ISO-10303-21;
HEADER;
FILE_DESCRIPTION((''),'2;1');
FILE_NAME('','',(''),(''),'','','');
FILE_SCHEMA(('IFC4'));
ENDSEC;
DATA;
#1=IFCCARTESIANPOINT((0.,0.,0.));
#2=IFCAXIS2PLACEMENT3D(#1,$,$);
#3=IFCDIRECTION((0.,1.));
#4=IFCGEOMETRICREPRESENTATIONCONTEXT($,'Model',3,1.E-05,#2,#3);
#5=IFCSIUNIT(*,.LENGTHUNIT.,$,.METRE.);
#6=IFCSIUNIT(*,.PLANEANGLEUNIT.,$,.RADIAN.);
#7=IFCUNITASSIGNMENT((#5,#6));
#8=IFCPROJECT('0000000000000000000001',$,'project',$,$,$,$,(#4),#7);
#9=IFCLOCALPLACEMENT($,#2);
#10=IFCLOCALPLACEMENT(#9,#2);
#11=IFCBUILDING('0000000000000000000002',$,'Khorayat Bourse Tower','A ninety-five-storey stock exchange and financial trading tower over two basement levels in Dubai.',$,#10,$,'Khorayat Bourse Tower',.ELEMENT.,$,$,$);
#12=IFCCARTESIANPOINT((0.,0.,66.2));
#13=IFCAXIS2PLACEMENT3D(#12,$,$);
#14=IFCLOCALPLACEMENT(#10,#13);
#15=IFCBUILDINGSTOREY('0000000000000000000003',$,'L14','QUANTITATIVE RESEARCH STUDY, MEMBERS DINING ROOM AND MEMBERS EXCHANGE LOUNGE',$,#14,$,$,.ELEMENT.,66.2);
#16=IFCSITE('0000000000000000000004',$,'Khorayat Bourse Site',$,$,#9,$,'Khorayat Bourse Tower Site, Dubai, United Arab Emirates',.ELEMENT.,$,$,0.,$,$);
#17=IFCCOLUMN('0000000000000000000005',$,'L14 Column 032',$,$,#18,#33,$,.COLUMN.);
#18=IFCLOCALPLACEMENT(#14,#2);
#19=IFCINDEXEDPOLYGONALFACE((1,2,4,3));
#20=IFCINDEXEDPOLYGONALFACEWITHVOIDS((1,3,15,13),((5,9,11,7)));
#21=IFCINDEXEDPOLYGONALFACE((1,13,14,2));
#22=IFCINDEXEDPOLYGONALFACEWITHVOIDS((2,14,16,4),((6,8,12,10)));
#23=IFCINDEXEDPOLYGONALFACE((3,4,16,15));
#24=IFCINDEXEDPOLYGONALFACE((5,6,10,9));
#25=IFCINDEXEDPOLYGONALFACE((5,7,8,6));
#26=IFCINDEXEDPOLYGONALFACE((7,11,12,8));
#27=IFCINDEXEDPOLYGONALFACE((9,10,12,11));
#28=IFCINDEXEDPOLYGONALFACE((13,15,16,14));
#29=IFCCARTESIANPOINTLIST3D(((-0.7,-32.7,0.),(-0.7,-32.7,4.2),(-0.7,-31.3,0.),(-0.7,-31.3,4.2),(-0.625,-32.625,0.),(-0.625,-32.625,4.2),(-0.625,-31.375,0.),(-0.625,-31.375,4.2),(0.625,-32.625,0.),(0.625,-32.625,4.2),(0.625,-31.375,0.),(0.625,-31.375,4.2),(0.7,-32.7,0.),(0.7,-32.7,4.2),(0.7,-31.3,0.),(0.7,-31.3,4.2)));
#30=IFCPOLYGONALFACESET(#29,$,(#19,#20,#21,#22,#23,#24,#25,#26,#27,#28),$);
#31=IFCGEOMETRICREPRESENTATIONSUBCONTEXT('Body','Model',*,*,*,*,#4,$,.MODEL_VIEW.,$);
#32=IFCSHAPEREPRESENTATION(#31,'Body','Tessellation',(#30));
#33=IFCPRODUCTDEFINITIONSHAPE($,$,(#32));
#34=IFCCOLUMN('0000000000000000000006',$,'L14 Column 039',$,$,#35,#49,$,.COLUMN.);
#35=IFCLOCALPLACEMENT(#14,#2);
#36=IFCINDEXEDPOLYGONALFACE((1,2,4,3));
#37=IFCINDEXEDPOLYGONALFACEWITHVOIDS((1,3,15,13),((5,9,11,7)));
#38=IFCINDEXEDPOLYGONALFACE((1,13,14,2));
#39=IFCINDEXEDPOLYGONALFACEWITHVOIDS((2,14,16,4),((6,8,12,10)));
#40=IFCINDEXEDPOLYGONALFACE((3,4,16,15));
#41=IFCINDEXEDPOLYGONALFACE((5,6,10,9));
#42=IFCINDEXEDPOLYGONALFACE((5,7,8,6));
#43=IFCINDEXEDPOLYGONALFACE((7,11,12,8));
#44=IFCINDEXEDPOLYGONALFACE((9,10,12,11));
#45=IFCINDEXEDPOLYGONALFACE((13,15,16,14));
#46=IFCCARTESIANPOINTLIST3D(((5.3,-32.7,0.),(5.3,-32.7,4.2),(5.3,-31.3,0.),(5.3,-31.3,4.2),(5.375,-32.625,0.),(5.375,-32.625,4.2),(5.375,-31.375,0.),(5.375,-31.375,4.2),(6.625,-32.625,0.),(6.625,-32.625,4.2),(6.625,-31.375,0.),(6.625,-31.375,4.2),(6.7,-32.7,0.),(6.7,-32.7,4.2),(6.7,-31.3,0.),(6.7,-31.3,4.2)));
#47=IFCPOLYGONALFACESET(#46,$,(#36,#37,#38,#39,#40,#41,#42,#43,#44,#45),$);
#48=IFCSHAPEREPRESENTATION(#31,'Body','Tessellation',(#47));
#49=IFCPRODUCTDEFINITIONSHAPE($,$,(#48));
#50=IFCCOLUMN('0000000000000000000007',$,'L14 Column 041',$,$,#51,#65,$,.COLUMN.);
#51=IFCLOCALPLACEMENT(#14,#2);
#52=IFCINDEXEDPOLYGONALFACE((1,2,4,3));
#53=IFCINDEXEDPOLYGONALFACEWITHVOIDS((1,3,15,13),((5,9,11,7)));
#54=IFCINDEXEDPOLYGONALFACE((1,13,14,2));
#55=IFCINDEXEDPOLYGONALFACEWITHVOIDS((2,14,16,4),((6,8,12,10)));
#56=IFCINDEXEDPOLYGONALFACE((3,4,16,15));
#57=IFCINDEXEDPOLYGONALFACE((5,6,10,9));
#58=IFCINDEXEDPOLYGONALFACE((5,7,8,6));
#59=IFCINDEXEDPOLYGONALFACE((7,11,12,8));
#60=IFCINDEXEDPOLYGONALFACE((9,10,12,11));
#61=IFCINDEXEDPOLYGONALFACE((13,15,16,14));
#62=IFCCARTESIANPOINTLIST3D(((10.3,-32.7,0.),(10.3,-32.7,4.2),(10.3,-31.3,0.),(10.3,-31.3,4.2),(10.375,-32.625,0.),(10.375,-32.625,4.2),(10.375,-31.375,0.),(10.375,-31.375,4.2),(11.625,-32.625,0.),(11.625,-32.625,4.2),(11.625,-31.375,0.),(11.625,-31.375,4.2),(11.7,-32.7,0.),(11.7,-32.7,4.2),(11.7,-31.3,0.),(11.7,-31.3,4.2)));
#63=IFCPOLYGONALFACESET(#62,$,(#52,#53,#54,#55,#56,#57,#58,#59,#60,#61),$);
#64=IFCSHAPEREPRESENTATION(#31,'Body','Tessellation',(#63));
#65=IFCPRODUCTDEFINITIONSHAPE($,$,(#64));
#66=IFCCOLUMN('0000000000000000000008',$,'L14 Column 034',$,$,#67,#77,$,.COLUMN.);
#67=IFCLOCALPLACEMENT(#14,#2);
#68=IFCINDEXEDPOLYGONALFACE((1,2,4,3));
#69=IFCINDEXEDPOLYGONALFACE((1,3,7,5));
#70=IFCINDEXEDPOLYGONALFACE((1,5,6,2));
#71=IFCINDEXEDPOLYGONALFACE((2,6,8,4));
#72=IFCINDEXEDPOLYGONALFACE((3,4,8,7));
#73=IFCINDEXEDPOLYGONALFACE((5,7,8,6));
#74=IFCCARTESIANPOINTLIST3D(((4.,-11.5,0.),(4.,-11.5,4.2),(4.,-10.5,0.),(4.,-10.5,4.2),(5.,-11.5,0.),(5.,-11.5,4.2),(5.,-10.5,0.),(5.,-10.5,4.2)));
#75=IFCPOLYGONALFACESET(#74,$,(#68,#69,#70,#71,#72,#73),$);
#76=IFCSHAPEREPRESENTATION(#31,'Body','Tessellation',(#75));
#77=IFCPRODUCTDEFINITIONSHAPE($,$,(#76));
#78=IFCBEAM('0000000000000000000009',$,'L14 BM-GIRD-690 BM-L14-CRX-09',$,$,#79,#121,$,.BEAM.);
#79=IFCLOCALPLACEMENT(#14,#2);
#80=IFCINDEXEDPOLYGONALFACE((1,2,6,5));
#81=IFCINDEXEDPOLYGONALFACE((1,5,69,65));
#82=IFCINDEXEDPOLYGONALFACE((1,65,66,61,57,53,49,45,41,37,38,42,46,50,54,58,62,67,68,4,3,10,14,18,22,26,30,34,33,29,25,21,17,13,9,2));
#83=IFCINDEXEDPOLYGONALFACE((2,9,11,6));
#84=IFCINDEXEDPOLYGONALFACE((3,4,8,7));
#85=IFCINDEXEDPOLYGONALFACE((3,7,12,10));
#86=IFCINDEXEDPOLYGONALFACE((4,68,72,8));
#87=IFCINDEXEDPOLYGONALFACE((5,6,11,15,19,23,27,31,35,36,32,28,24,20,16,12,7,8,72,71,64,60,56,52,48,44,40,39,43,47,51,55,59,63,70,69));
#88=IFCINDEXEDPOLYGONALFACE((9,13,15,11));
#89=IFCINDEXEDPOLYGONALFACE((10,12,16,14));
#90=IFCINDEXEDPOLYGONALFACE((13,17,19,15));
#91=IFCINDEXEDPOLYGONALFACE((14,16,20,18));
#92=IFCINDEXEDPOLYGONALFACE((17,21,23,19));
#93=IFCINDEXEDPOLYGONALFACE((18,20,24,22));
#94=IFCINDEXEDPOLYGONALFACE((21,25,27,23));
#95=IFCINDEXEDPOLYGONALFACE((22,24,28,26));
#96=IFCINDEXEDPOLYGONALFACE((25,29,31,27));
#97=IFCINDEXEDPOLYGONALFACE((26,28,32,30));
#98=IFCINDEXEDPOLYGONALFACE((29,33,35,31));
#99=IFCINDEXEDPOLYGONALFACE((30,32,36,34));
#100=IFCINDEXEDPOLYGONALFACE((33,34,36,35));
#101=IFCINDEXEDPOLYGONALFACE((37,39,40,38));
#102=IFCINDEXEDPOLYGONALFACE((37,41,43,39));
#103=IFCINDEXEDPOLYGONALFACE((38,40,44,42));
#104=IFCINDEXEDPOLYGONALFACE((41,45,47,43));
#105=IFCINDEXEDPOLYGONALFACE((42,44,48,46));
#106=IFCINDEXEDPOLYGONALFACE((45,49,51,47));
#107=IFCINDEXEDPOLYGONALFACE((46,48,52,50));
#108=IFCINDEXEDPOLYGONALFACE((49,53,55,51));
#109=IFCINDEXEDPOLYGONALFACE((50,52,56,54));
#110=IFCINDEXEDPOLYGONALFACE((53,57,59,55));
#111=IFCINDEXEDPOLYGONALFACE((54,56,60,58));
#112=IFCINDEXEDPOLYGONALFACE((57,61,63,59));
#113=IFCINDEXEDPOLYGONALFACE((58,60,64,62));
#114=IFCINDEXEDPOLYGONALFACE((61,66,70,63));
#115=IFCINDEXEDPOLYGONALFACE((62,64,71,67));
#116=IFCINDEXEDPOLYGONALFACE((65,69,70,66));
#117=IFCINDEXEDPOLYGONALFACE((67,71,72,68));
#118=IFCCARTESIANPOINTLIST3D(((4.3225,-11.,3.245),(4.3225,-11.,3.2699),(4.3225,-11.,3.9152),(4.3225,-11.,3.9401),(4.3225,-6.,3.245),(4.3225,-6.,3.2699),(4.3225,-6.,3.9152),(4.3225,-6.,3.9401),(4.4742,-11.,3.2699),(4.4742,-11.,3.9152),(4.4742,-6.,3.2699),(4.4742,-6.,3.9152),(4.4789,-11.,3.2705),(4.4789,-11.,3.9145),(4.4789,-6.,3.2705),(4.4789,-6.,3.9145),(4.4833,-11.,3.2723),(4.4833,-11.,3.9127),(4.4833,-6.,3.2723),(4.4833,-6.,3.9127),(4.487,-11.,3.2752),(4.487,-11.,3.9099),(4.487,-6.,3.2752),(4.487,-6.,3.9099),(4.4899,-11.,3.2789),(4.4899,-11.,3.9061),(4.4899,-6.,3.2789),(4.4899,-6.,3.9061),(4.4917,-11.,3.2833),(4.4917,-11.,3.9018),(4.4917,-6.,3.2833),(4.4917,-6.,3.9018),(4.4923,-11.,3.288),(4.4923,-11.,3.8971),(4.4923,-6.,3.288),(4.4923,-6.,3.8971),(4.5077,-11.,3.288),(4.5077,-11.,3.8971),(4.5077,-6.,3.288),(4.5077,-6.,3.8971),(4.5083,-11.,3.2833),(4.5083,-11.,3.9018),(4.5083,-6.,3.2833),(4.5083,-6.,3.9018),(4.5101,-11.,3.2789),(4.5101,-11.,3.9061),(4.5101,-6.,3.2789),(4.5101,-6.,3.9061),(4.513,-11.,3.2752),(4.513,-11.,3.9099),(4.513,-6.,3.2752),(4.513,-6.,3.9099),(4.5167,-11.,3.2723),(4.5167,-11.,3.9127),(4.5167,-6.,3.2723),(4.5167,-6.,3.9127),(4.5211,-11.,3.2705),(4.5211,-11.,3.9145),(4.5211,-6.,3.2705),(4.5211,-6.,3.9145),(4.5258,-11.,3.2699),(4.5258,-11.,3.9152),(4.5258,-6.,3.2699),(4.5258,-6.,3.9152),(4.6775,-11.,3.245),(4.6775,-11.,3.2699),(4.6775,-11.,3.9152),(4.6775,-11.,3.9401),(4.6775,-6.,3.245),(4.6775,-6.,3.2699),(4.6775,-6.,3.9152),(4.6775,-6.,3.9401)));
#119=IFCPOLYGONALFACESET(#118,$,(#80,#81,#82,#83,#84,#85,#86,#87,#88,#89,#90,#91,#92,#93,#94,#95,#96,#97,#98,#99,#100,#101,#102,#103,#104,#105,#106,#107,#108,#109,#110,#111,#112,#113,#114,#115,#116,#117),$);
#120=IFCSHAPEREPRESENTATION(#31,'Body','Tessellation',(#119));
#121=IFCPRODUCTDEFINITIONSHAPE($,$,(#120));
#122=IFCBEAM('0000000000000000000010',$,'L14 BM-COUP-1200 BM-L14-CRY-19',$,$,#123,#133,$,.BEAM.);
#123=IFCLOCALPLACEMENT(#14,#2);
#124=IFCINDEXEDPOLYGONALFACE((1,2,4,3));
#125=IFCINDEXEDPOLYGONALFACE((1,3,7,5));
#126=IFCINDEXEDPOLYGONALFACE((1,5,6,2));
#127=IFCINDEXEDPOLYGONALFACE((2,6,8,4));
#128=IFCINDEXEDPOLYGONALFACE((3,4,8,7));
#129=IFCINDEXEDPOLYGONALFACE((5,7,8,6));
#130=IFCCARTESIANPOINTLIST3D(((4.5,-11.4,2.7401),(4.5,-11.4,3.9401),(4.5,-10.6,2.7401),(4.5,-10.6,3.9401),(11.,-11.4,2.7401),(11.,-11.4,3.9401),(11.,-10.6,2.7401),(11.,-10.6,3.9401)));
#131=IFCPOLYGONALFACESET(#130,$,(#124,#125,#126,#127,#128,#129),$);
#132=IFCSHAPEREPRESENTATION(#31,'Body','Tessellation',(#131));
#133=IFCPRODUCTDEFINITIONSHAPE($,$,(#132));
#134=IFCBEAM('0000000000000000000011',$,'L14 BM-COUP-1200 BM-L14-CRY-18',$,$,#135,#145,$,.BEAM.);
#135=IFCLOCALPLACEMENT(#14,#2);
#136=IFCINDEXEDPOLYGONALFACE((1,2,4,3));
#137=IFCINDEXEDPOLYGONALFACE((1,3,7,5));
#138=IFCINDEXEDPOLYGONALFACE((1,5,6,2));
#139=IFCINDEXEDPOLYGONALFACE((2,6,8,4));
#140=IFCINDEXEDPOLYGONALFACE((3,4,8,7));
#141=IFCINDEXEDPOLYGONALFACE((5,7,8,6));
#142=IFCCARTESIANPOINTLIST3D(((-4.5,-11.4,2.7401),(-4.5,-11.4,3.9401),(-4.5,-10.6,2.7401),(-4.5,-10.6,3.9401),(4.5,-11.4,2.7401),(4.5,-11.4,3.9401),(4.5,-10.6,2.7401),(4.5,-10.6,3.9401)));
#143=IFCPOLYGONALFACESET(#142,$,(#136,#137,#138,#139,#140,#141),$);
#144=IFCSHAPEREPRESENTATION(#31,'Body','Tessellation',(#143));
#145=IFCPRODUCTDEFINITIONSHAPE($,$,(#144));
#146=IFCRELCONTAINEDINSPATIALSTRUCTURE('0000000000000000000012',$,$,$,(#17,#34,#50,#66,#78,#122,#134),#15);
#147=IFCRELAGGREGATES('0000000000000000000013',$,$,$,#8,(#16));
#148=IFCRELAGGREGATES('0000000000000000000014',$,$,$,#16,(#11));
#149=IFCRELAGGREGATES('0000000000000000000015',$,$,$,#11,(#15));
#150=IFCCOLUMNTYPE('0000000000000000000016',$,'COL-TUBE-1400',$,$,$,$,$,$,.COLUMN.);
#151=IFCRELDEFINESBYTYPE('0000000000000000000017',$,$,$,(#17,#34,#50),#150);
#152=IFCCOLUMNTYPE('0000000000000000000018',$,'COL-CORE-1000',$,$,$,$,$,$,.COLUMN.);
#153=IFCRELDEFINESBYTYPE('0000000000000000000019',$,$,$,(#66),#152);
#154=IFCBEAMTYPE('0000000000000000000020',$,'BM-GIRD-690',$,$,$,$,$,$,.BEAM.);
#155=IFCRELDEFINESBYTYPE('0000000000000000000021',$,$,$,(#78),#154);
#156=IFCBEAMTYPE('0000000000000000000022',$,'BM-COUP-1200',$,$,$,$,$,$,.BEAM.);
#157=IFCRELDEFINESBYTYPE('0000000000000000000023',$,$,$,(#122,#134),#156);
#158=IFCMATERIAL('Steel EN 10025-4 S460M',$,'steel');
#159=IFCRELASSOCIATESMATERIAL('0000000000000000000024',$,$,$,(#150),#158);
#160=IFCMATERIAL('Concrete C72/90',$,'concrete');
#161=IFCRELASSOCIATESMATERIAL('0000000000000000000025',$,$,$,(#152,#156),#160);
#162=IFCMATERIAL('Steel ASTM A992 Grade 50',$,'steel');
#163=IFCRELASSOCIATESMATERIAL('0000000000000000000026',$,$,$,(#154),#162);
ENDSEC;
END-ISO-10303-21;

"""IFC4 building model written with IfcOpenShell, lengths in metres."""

from ifc_helpers import new_model, si_unit, direction, frame, origin, origin_2d, place, context, subcontext, project, spatial, rectangle, hollow_rectangle, i_section, extrude, source, transform, mapped, material, material_profile, profile_set, type_object, element, save


model = new_model("IFC4")

# Units and contexts
model_context = context("Model", 3, precision=1e-05, world=origin(), true_north=direction((0.0, 1.0)))
body_context = subcontext(model_context, "Body", "Model", "MODEL_VIEW")
ifc_project = project(units=[si_unit("LENGTHUNIT", "METRE"), si_unit("PLANEANGLEUNIT", "RADIAN")], contexts=[model_context])

# Site, building, storey
site_placement = place(None, origin())
site = spatial("IfcSite", under=ifc_project, at=site_placement, Name="Khorayat Bourse Site", LongName="Khorayat Bourse Tower Site, Dubai, United Arab Emirates", CompositionType="ELEMENT", RefElevation=0.0)
building_placement = place(site_placement, origin())
building = spatial("IfcBuilding", under=site, at=building_placement, Name="Khorayat Bourse Tower", Description="A ninety-five-storey stock exchange and financial trading tower over two basement levels in Dubai.", LongName="Khorayat Bourse Tower", CompositionType="ELEMENT")
storey_placement = place(building_placement, frame((0.0, 0.0, 66.2)))
storey = spatial("IfcBuildingStorey", under=building, at=storey_placement, Name="L14", Description="QUANTITATIVE RESEARCH STUDY, MEMBERS DINING ROOM AND MEMBERS EXCHANGE LOUNGE", CompositionType="ELEMENT", Elevation=66.2)

# Columns
ifc_material_1 = material(Name="Steel EN 10025-4 S460M", Category="steel")
ifc_material_profile_1 = material_profile(ifc_material_1, hollow_rectangle(XDim=1.3999, YDim=1.3999, WallThickness=0.075, at=origin_2d()), Name="BOX 1400x1400x75")
ifc_profile_set_1 = profile_set([ifc_material_profile_1], Name="Steel EN 10025-4 S460M")
column_type_1 = type_object("IfcColumnType", Name="COL-TUBE-1400", PredefinedType="COLUMN", material=ifc_profile_set_1)
shared_shape_1 = source(origin(), body_context, "Body", "SweptSolid", [
    extrude(hollow_rectangle(XDim=1.3999, YDim=1.3999, WallThickness=0.075, at=origin_2d()), origin(), (0.0, 0.0, 1.0), 4.2),
])
for number, where, z_axis, x_axis, name in (
    (1, (0.0, -32.0, 0.0), (0.0, 0.0, 1.0), (1.0, 0.0, 0.0), "L14 Column 032"),
    (2, (6.0, -32.0, 0.0), (0.0, 0.0, 1.0), (1.0, 0.0, 0.0), "L14 Column 039"),
    (3, (11.0, -32.0, 0.0), (0.0, 0.0, 1.0), (1.0, 0.0, 0.0), "L14 Column 041"),
):
    element("IfcColumn", number, at=place(storey_placement, frame(where, z_axis=z_axis, x_axis=x_axis)), inside=storey, type_object=column_type_1, Name=name, PredefinedType="COLUMN", context=body_context, shape_type="MappedRepresentation", body=[
        mapped(shared_shape_1, transform((0.0, 0.0, 0.0), scale=1.0)),
    ])
ifc_material_2 = material(Name="Concrete C72/90", Category="concrete")
ifc_material_profile_2 = material_profile(ifc_material_2, rectangle(XDim=1.0, YDim=1.0, at=origin_2d()), Name="RC 1000x1000")
ifc_profile_set_2 = profile_set([ifc_material_profile_2], Name="Concrete C72/90")
column_type_2 = type_object("IfcColumnType", Name="COL-CORE-1000", PredefinedType="COLUMN", material=ifc_profile_set_2)
shared_shape_2 = source(origin(), body_context, "Body", "SweptSolid", [
    extrude(rectangle(XDim=1.0, YDim=1.0, at=origin_2d()), origin(), (0.0, 0.0, 1.0), 4.2),
])
column_placement = place(storey_placement, frame((4.5, -11.0, 0.0), z_axis=(0.0, 0.0, 1.0), x_axis=(1.0, 0.0, 0.0)))
element("IfcColumn", 4, at=column_placement, inside=storey, type_object=column_type_2, Name="L14 Column 034", PredefinedType="COLUMN", context=body_context, shape_type="MappedRepresentation", body=[
    mapped(shared_shape_2, transform((0.0, 0.0, 0.0), scale=1.0)),
])

# Beams
ifc_material_3 = material(Name="Steel ASTM A992 Grade 50", Category="steel")
ifc_material_profile_3 = material_profile(ifc_material_3, i_section(OverallWidth=0.355, OverallDepth=0.6951, WebThickness=0.0154, FlangeThickness=0.0249, FilletRadius=0.0181, at=origin_2d()), Name="W690X217")
ifc_profile_set_3 = profile_set([ifc_material_profile_3], Name="Steel ASTM A992 Grade 50")
beam_type_1 = type_object("IfcBeamType", Name="BM-GIRD-690", PredefinedType="BEAM", material=ifc_profile_set_3)
shared_shape_3 = source(origin(), body_context, "Body", "SweptSolid", [
    extrude(i_section(OverallWidth=0.355, OverallDepth=0.6951, WebThickness=0.0154, FlangeThickness=0.0249, FilletRadius=0.0181, at=origin_2d()), origin(), (0.0, 0.0, 1.0), 5.0),
])
beam_1_placement = place(storey_placement, frame((4.5, -11.0, 3.5925), z_axis=(0.0, 1.0, 0.0), x_axis=(-1.0, 0.0, 0.0)))
element("IfcBeam", 5, at=beam_1_placement, inside=storey, type_object=beam_type_1, Name="L14 BM-GIRD-690 BM-L14-CRX-09", PredefinedType="BEAM", context=body_context, shape_type="MappedRepresentation", body=[
    mapped(shared_shape_3, transform((0.0, 0.0, 0.0), scale=1.0)),
])
ifc_material_profile_4 = material_profile(ifc_material_2, rectangle(XDim=0.8, YDim=1.2, at=origin_2d()), Name="RC 800x1200")
ifc_profile_set_4 = profile_set([ifc_material_profile_4], Name="Concrete C72/90")
beam_type_2 = type_object("IfcBeamType", Name="BM-COUP-1200", PredefinedType="BEAM", material=ifc_profile_set_4)
shared_shape_4 = source(origin(), body_context, "Body", "SweptSolid", [
    extrude(rectangle(XDim=0.8, YDim=1.2, at=origin_2d()), origin(), (0.0, 0.0, 1.0), 6.5),
])
beam_2_placement = place(storey_placement, frame((4.5, -11.0, 3.3401), z_axis=(1.0, 0.0, 0.0), x_axis=(0.0, 1.0, 0.0)))
element("IfcBeam", 6, at=beam_2_placement, inside=storey, type_object=beam_type_2, Name="L14 BM-COUP-1200 BM-L14-CRY-19", PredefinedType="BEAM", context=body_context, shape_type="MappedRepresentation", body=[
    mapped(shared_shape_4, transform((0.0, 0.0, 0.0), scale=1.0)),
])
shared_shape_5 = source(origin(), body_context, "Body", "SweptSolid", [
    extrude(rectangle(XDim=0.8, YDim=1.2, at=origin_2d()), origin(), (0.0, 0.0, 1.0), 9.0),
])
beam_3_placement = place(storey_placement, frame((-4.5, -11.0, 3.3401), z_axis=(1.0, 0.0, 0.0), x_axis=(0.0, 1.0, 0.0)))
element("IfcBeam", 7, at=beam_3_placement, inside=storey, type_object=beam_type_2, Name="L14 BM-COUP-1200 BM-L14-CRY-18", PredefinedType="BEAM", context=body_context, shape_type="MappedRepresentation", body=[
    mapped(shared_shape_5, transform((0.0, 0.0, 0.0), scale=1.0)),
])

save(model, "model.ifc")
